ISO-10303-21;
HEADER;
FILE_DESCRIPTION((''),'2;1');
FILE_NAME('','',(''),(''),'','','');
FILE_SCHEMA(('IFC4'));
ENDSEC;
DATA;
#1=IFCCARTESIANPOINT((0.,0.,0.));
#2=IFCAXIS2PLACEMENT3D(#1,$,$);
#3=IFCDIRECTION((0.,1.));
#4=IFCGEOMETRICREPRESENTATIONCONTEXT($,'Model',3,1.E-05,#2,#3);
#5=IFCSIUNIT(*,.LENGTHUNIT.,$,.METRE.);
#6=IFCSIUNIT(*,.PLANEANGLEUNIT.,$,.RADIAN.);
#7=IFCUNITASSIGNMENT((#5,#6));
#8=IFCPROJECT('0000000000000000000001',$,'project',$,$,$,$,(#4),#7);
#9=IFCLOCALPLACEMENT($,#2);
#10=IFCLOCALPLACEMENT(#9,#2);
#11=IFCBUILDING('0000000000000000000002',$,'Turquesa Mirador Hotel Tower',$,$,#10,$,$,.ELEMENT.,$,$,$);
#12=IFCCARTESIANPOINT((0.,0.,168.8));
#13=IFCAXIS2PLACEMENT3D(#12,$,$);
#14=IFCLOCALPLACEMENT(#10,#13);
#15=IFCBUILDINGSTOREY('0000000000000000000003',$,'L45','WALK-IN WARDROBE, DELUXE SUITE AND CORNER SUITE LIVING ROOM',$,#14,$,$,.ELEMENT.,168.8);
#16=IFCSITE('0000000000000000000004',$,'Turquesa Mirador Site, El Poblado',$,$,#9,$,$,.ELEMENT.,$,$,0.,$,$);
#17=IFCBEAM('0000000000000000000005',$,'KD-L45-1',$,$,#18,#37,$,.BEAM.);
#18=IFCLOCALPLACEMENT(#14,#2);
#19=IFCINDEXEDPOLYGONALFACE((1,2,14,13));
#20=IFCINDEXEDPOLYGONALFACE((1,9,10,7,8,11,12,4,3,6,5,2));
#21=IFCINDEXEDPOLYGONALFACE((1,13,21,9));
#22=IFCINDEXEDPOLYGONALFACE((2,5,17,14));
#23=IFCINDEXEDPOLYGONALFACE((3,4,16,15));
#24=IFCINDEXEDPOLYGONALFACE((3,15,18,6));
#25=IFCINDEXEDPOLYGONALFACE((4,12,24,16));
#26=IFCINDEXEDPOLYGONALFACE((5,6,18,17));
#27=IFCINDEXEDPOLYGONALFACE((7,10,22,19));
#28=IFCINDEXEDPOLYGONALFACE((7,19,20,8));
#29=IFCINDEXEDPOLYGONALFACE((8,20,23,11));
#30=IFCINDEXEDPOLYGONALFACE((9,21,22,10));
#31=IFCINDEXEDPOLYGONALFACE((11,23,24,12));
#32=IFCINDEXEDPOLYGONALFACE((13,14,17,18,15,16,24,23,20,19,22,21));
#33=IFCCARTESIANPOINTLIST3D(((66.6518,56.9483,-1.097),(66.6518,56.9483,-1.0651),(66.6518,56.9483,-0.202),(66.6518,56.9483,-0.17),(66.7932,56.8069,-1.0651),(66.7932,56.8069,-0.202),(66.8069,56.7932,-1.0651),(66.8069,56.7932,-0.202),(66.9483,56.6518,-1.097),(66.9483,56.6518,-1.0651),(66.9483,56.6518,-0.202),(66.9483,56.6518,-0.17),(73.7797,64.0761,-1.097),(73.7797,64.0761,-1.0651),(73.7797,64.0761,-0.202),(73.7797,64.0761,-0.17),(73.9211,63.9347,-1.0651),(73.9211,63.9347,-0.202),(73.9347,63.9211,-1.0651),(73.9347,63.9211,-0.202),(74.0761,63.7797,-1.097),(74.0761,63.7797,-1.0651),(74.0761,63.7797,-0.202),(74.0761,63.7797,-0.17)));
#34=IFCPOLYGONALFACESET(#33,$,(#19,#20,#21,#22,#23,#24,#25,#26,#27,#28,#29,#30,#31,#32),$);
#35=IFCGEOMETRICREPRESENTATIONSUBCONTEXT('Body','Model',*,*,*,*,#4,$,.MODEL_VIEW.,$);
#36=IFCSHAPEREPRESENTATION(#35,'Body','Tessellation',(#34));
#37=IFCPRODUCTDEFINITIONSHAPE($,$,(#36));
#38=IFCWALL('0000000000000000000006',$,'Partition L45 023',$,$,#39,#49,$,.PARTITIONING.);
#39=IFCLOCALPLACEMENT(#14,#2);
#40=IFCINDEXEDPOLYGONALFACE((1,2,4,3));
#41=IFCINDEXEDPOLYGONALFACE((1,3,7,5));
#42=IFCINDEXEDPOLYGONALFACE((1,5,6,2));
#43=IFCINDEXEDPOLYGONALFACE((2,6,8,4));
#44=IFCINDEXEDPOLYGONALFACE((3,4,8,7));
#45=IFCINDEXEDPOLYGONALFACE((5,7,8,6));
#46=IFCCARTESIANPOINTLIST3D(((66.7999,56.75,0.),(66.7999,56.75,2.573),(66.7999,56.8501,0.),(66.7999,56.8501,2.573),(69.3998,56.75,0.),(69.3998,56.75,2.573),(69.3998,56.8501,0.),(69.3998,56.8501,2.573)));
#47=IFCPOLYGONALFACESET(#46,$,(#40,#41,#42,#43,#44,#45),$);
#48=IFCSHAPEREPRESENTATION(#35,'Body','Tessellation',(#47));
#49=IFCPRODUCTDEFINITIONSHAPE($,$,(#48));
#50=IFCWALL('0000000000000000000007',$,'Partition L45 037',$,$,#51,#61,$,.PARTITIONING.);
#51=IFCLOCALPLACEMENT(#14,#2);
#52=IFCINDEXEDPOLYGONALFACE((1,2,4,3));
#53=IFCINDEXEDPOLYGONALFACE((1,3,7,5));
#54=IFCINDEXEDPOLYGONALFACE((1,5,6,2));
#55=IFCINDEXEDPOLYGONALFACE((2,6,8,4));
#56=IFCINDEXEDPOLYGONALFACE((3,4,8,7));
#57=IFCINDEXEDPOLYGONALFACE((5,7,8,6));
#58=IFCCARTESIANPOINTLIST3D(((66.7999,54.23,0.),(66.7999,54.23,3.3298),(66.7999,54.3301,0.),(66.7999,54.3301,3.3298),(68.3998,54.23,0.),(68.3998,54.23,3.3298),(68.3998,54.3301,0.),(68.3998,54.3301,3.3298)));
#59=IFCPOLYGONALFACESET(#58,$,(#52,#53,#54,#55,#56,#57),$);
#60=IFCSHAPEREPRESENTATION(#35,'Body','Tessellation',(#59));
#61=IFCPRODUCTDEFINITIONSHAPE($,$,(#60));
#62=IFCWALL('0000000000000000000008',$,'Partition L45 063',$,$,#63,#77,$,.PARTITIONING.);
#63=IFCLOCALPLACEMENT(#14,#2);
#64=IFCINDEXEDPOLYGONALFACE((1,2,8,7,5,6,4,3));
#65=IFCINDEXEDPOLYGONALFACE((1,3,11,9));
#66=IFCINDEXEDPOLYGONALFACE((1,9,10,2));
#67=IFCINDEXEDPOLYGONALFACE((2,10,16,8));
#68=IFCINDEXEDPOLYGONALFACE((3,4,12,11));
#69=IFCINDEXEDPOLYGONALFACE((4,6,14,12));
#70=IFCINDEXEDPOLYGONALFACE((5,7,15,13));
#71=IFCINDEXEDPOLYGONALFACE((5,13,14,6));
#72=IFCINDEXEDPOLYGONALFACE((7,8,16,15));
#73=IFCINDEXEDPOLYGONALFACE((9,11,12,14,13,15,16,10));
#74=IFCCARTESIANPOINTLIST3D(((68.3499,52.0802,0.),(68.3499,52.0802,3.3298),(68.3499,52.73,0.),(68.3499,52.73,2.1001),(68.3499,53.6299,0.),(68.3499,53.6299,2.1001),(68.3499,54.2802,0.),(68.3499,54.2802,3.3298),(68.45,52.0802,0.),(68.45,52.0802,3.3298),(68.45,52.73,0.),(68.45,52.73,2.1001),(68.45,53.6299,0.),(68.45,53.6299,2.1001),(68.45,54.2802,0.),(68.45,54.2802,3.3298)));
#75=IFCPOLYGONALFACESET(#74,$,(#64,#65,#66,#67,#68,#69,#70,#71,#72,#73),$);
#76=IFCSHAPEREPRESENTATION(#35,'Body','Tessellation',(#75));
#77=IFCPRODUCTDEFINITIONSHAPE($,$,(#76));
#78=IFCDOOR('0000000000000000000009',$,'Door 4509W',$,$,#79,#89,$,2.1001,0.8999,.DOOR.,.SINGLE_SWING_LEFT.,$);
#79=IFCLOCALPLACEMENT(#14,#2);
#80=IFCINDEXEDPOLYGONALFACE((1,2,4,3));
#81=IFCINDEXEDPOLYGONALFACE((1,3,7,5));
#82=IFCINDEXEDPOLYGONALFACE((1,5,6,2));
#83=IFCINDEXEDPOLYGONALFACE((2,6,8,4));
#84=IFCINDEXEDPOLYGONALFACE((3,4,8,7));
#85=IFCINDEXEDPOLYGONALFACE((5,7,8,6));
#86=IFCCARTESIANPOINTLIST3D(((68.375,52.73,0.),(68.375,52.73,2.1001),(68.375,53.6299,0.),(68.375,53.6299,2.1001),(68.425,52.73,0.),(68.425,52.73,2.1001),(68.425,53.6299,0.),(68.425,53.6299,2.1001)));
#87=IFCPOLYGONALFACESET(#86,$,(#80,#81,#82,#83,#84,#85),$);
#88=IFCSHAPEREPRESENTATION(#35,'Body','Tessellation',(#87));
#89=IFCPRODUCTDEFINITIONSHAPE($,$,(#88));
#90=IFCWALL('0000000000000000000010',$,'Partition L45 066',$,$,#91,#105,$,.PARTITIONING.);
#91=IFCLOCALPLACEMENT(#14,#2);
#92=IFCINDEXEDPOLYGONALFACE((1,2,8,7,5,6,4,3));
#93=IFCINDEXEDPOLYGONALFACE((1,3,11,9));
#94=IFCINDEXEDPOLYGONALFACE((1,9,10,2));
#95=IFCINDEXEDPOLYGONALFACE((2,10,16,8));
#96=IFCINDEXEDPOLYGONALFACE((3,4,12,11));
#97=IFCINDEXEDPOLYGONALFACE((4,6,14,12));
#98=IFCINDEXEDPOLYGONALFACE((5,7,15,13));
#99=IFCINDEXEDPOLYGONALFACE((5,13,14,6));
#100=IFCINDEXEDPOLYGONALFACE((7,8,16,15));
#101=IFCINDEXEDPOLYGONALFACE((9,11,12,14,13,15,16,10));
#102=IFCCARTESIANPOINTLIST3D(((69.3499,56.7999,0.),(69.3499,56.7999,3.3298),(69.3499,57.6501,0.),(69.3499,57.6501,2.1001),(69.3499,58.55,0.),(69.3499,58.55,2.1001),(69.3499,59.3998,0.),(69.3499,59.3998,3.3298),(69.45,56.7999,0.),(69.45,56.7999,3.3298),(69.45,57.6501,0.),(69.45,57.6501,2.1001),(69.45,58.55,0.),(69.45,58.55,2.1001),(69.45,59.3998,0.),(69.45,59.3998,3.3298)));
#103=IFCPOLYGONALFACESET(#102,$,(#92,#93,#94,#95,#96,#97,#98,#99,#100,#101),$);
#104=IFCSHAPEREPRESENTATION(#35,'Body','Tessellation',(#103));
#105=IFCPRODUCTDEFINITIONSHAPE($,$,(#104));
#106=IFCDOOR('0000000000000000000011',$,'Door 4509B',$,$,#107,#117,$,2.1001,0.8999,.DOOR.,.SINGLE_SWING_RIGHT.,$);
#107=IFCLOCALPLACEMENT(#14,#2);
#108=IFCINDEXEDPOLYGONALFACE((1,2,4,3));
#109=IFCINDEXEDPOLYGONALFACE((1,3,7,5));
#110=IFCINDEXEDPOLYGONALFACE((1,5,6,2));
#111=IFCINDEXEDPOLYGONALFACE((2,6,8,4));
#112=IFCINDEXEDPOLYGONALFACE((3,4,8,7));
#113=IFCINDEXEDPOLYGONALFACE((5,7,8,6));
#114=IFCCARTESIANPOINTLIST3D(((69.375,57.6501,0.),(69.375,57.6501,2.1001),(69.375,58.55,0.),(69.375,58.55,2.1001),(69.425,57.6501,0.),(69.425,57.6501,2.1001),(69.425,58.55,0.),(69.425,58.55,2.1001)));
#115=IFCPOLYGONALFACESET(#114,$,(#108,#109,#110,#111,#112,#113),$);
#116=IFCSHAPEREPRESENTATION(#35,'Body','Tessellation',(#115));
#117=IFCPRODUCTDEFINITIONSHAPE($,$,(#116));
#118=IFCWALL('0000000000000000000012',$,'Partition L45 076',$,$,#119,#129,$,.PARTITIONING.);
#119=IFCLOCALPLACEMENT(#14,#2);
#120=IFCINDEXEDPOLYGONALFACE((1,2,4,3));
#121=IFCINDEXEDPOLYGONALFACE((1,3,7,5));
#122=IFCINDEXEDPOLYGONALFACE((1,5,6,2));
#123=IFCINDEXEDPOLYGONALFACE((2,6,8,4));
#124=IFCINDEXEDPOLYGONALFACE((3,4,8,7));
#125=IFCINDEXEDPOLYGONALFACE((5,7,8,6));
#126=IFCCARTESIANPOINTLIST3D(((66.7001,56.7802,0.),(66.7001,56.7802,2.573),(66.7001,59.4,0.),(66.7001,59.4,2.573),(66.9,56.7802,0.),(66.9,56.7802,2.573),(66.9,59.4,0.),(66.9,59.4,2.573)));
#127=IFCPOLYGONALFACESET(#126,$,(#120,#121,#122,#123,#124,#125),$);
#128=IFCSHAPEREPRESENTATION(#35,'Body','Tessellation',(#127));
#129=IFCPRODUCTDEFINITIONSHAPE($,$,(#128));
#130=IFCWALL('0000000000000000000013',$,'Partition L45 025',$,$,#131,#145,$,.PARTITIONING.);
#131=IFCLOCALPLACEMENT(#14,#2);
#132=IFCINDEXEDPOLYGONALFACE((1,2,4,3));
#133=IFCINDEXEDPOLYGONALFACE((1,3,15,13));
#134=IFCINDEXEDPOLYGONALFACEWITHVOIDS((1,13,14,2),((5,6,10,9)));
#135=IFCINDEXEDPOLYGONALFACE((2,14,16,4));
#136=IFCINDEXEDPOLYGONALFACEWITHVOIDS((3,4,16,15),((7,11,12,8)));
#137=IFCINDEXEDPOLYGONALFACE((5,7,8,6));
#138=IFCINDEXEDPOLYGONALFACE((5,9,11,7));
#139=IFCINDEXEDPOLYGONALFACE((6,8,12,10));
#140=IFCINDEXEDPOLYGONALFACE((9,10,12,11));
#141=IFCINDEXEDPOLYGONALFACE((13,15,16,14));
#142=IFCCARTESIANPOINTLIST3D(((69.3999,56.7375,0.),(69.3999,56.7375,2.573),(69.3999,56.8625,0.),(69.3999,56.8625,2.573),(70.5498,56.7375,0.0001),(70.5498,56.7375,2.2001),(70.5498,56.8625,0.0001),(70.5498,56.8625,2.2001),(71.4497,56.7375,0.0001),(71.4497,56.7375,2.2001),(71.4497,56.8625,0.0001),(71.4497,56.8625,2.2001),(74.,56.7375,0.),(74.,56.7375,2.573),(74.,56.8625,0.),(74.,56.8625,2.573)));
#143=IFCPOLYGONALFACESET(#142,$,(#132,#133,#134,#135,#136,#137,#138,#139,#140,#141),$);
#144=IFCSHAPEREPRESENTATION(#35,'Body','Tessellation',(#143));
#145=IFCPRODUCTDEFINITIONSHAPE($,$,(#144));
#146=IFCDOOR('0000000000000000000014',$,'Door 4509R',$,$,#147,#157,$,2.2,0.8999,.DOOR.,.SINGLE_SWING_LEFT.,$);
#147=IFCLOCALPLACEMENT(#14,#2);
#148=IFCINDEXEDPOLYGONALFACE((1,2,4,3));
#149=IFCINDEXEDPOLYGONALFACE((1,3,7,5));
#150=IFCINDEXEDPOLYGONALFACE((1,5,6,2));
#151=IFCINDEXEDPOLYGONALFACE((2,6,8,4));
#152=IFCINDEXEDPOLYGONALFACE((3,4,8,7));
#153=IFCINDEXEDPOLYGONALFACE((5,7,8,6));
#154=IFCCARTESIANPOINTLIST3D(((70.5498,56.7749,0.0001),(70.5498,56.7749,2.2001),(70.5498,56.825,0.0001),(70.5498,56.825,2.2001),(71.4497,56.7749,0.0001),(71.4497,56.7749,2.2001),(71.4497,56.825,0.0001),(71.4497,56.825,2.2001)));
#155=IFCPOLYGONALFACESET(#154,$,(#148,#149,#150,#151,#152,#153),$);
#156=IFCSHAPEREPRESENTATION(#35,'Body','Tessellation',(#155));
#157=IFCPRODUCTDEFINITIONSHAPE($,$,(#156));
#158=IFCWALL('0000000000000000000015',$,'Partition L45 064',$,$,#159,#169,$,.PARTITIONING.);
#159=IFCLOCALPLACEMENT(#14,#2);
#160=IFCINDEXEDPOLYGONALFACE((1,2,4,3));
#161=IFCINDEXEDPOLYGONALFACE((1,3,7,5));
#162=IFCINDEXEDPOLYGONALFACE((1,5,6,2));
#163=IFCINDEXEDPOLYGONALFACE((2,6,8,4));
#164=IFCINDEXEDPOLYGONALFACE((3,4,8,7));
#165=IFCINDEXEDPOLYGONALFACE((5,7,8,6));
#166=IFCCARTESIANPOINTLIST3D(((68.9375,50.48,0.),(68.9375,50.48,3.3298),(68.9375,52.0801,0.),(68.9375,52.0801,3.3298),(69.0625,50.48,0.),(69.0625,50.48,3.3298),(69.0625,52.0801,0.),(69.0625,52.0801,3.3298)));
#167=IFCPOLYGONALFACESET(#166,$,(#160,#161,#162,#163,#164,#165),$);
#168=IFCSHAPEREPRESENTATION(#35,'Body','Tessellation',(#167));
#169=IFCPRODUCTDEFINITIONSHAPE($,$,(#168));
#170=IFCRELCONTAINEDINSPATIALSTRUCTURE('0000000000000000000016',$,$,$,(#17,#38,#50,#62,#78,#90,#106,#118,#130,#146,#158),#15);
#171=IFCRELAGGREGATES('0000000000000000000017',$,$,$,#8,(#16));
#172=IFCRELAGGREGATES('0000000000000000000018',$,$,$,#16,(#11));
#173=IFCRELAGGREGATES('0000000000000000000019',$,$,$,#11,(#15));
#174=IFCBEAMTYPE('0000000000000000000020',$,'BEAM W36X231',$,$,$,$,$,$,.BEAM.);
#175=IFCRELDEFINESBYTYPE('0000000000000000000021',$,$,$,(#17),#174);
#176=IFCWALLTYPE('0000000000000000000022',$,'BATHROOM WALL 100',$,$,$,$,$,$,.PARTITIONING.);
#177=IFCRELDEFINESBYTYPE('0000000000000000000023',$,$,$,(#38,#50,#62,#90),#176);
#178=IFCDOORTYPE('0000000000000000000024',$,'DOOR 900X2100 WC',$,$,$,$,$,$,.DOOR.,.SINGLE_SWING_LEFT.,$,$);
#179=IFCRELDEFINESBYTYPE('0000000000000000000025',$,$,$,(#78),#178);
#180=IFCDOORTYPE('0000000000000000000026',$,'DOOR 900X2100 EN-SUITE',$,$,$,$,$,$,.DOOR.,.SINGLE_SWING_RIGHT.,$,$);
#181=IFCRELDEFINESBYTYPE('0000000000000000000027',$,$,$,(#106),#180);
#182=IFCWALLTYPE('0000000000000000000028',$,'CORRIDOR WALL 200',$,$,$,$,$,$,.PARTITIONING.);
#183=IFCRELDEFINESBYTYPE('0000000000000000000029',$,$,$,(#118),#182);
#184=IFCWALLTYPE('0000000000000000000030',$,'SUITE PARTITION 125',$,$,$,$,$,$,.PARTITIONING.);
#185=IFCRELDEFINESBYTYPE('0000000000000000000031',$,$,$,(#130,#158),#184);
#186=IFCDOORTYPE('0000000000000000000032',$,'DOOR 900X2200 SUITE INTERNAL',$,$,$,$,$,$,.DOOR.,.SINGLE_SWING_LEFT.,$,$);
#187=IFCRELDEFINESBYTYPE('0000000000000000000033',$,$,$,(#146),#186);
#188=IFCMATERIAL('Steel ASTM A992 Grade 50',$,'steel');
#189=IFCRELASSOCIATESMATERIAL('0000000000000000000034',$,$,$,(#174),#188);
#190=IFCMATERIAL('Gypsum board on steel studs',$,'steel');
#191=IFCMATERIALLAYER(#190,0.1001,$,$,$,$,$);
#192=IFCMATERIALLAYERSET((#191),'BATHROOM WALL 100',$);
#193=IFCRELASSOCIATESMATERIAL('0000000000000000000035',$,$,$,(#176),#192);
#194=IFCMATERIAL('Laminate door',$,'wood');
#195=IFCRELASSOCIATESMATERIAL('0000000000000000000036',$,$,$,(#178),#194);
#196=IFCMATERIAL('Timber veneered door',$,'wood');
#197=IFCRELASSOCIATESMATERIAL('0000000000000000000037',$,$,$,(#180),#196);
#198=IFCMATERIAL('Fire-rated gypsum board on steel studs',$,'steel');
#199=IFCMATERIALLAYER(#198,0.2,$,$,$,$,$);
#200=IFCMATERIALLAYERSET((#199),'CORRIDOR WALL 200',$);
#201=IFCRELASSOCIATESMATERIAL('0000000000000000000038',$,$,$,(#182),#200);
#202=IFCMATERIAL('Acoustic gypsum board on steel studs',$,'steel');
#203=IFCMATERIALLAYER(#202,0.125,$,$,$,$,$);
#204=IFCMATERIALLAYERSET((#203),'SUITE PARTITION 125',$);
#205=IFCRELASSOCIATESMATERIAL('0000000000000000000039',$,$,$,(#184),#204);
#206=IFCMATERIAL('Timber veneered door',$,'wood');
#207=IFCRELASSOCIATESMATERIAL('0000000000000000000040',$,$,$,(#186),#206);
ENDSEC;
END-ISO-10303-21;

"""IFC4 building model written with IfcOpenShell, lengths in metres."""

from ifc_helpers import new_model, si_unit, direction, frame, frame_2d, origin, origin_2d, place, context, subcontext, project, spatial, rectangle, i_section, extrude, material, layer, layer_set, material_profile, profile_set, type_object, element, fill, save


model = new_model("IFC4")

# Units and contexts
model_context = context("Model", 3, precision=1e-05, world=origin(), true_north=direction((0.0, 1.0)))
body_context = subcontext(model_context, "Body", "Model", "MODEL_VIEW")
ifc_project = project(units=[si_unit("LENGTHUNIT", "METRE"), si_unit("PLANEANGLEUNIT", "RADIAN")], contexts=[model_context])

# Site, building, storey
site_placement = place(None, origin())
site = spatial("IfcSite", under=ifc_project, at=site_placement, Name="Turquesa Mirador Site, El Poblado", CompositionType="ELEMENT", RefElevation=0.0)
building_placement = place(site_placement, origin())
building = spatial("IfcBuilding", under=site, at=building_placement, Name="Turquesa Mirador Hotel Tower", CompositionType="ELEMENT")
storey_placement = place(building_placement, frame((0.0, 0.0, 168.8)))
storey = spatial("IfcBuildingStorey", under=building, at=storey_placement, Name="L45", Description="WALK-IN WARDROBE, DELUXE SUITE AND CORNER SUITE LIVING ROOM", CompositionType="ELEMENT", Elevation=168.8)

# Beam
ifc_material_1 = material(Name="Steel ASTM A992 Grade 50", Category="steel")
ifc_material_profile_1 = material_profile(ifc_material_1, i_section(OverallWidth=0.4192, OverallDepth=0.927, WebThickness=0.0193, FlangeThickness=0.032, at=origin_2d()), Name="W36X231")
ifc_profile_set_1 = profile_set([ifc_material_profile_1], Name="Steel ASTM A992 Grade 50")
beam_type_1 = type_object("IfcBeamType", Name="BEAM W36X231", PredefinedType="BEAM", material=ifc_profile_set_1)
beam_1_placement = place(storey_placement, frame((66.8, 56.8, -0.6335), z_axis=(0.707107, 0.707107, 0.0), x_axis=(-0.707107, 0.707107, 0.0)))
element("IfcBeam", 1, at=beam_1_placement, inside=storey, type_object=beam_type_1, Name="KD-L45-1", PredefinedType="BEAM", context=body_context, shape_type="SweptSolid", body=[
    extrude(i_section(OverallWidth=0.4192, OverallDepth=0.927, WebThickness=0.0193, FlangeThickness=0.032, at=origin_2d()), origin(), (0.0, 0.0, 1.0), 10.0803),
])

# Walls
ifc_material_2 = material(Name="Gypsum board on steel studs", Category="steel")
ifc_layer_1 = layer(ifc_material_2, 0.1001)
ifc_layer_set_1 = layer_set([ifc_layer_1], Name="BATHROOM WALL 100")
wall_type_1 = type_object("IfcWallType", Name="BATHROOM WALL 100", PredefinedType="PARTITIONING", material=ifc_layer_set_1)
wall_1_placement = place(storey_placement, frame((66.8, 56.8, 0.0), z_axis=(0.0, 0.0, 1.0), x_axis=(1.0, 0.0, 0.0)))
element("IfcWall", 2, at=wall_1_placement, inside=storey, type_object=wall_type_1, Name="Partition L45 023", PredefinedType="PARTITIONING", context=body_context, shape_type="SweptSolid", body=[
    extrude(rectangle(XDim=2.5999, YDim=0.1001, at=frame_2d((1.2998, 0.0))), origin(), (0.0, 0.0, 1.0), 2.573),
])
wall_2_placement = place(storey_placement, frame((66.8, 54.28, 0.0), z_axis=(0.0, 0.0, 1.0), x_axis=(1.0, 0.0, 0.0)))
element("IfcWall", 3, at=wall_2_placement, inside=storey, type_object=wall_type_1, Name="Partition L45 037", PredefinedType="PARTITIONING", context=body_context, shape_type="SweptSolid", body=[
    extrude(rectangle(XDim=1.5999, YDim=0.1001, at=frame_2d((0.7998, 0.0))), origin(), (0.0, 0.0, 1.0), 3.3298),
])

# Walls, openings, doors
wall_3_placement = place(storey_placement, frame((68.3999, 52.0801, 0.0), z_axis=(0.0, 0.0, 1.0), x_axis=(0.0, 1.0, 0.0)))
wall_3 = element("IfcWall", 4, at=wall_3_placement, inside=storey, type_object=wall_type_1, Name="Partition L45 063", PredefinedType="PARTITIONING", context=body_context, shape_type="SweptSolid", body=[
    extrude(rectangle(XDim=2.2, YDim=0.1001, at=frame_2d((1.1001, 0.0))), origin(), (0.0, 0.0, 1.0), 3.3298),
])
opening_1_placement = place(wall_3_placement, frame((0.6499, 0.0, 0.0)))
opening_1 = element("IfcOpeningElement", 5, at=opening_1_placement, cuts=wall_3, PredefinedType="OPENING", context=body_context, shape_type="SweptSolid", body=[
    extrude(rectangle(XDim=0.8999, YDim=2.1001, at=frame_2d((0.45, 1.05))), frame((0.0, 0.0601, 0.0), z_axis=(0.0, -1.0, 0.0), x_axis=(1.0, 0.0, 0.0)), (0.0, 0.0, 1.0), 0.1201),
])
ifc_material_3 = material(Name="Laminate door", Category="wood")
door_type_1 = type_object("IfcDoorType", Name="DOOR 900X2100 WC", OperationType="SINGLE_SWING_LEFT", PredefinedType="DOOR", material=ifc_material_3)
door_1_placement = place(opening_1_placement, origin())
door_1 = element("IfcDoor", 6, at=door_1_placement, inside=storey, type_object=door_type_1, Name="Door 4509W", OperationType="SINGLE_SWING_LEFT", OverallHeight=2.1001, OverallWidth=0.8999, PredefinedType="DOOR", context=body_context, shape_type="SweptSolid", body=[
    extrude(rectangle(XDim=0.8999, YDim=2.1001, at=frame_2d((0.45, 1.05))), frame((0.0, 0.0249, 0.0), z_axis=(0.0, -1.0, 0.0), x_axis=(1.0, 0.0, 0.0)), (0.0, 0.0, 1.0), 0.05),
])
fill(opening_1, door_1)
wall_4_placement = place(storey_placement, frame((69.3999, 56.8, 0.0), z_axis=(0.0, 0.0, 1.0), x_axis=(0.0, 1.0, 0.0)))
wall_4 = element("IfcWall", 7, at=wall_4_placement, inside=storey, type_object=wall_type_1, Name="Partition L45 066", PredefinedType="PARTITIONING", context=body_context, shape_type="SweptSolid", body=[
    extrude(rectangle(XDim=2.5999, YDim=0.1001, at=frame_2d((1.2998, 0.0))), origin(), (0.0, 0.0, 1.0), 3.3298),
])
opening_2_placement = place(wall_4_placement, frame((0.8501, 0.0, 0.0)))
opening_2 = element("IfcOpeningElement", 8, at=opening_2_placement, cuts=wall_4, PredefinedType="OPENING", context=body_context, shape_type="SweptSolid", body=[
    extrude(rectangle(XDim=0.8999, YDim=2.1001, at=frame_2d((0.45, 1.05))), frame((0.0, 0.0601, 0.0), z_axis=(0.0, -1.0, 0.0), x_axis=(1.0, 0.0, 0.0)), (0.0, 0.0, 1.0), 0.1201),
])
ifc_material_4 = material(Name="Timber veneered door", Category="wood")
door_type_2 = type_object("IfcDoorType", Name="DOOR 900X2100 EN-SUITE", OperationType="SINGLE_SWING_RIGHT", PredefinedType="DOOR", material=ifc_material_4)
door_2_placement = place(opening_2_placement, origin())
door_2 = element("IfcDoor", 9, at=door_2_placement, inside=storey, type_object=door_type_2, Name="Door 4509B", OperationType="SINGLE_SWING_RIGHT", OverallHeight=2.1001, OverallWidth=0.8999, PredefinedType="DOOR", context=body_context, shape_type="SweptSolid", body=[
    extrude(rectangle(XDim=0.8999, YDim=2.1001, at=frame_2d((0.45, 1.05))), frame((0.0, 0.0249, 0.0), z_axis=(0.0, -1.0, 0.0), x_axis=(1.0, 0.0, 0.0)), (0.0, 0.0, 1.0), 0.05),
])
fill(opening_2, door_2)

# Wall
ifc_material_5 = material(Name="Fire-rated gypsum board on steel studs", Category="steel")
ifc_layer_2 = layer(ifc_material_5, 0.2)
ifc_layer_set_2 = layer_set([ifc_layer_2], Name="CORRIDOR WALL 200")
wall_type_2 = type_object("IfcWallType", Name="CORRIDOR WALL 200", PredefinedType="PARTITIONING", material=ifc_layer_set_2)
wall_5_placement = place(storey_placement, frame((66.8, 56.78, 0.0), z_axis=(0.0, 0.0, 1.0), x_axis=(0.0, 1.0, 0.0)))
element("IfcWall", 10, at=wall_5_placement, inside=storey, type_object=wall_type_2, Name="Partition L45 076", PredefinedType="PARTITIONING", context=body_context, shape_type="SweptSolid", body=[
    extrude(rectangle(XDim=2.6199, YDim=0.2, at=frame_2d((1.3101, 0.0))), origin(), (0.0, 0.0, 1.0), 2.573),
])

# Wall, opening, door
ifc_material_6 = material(Name="Acoustic gypsum board on steel studs", Category="steel")
ifc_layer_3 = layer(ifc_material_6, 0.125)
ifc_layer_set_3 = layer_set([ifc_layer_3], Name="SUITE PARTITION 125")
wall_type_3 = type_object("IfcWallType", Name="SUITE PARTITION 125", PredefinedType="PARTITIONING", material=ifc_layer_set_3)
wall_6_placement = place(storey_placement, frame((69.3999, 56.8, 0.0), z_axis=(0.0, 0.0, 1.0), x_axis=(1.0, 0.0, 0.0)))
wall_6 = element("IfcWall", 11, at=wall_6_placement, inside=storey, type_object=wall_type_3, Name="Partition L45 025", PredefinedType="PARTITIONING", context=body_context, shape_type="SweptSolid", body=[
    extrude(rectangle(XDim=4.6001, YDim=0.125, at=frame_2d((2.3, 0.0))), origin(), (0.0, 0.0, 1.0), 2.573),
])
opening_3_placement = place(wall_6_placement, frame((1.1499, 0.0, 0.0)))
opening_3 = element("IfcOpeningElement", 12, at=opening_3_placement, cuts=wall_6, PredefinedType="OPENING", context=body_context, shape_type="SweptSolid", body=[
    extrude(rectangle(XDim=0.8999, YDim=2.2, at=frame_2d((0.45, 1.1001))), frame((0.0, 0.0725, 0.0), z_axis=(0.0, -1.0, 0.0), x_axis=(1.0, 0.0, 0.0)), (0.0, 0.0, 1.0), 0.145),
])
ifc_material_7 = material(Name="Timber veneered door", Category="wood")
door_type_3 = type_object("IfcDoorType", Name="DOOR 900X2200 SUITE INTERNAL", OperationType="SINGLE_SWING_LEFT", PredefinedType="DOOR", material=ifc_material_7)
door_3_placement = place(opening_3_placement, origin())
door_3 = element("IfcDoor", 13, at=door_3_placement, inside=storey, type_object=door_type_3, Name="Door 4509R", OperationType="SINGLE_SWING_LEFT", OverallHeight=2.2, OverallWidth=0.8999, PredefinedType="DOOR", context=body_context, shape_type="SweptSolid", body=[
    extrude(rectangle(XDim=0.8999, YDim=2.2, at=frame_2d((0.45, 1.1001))), frame((0.0, 0.0249, 0.0), z_axis=(0.0, -1.0, 0.0), x_axis=(1.0, 0.0, 0.0)), (0.0, 0.0, 1.0), 0.05),
])
fill(opening_3, door_3)

# Wall
wall_7_placement = place(storey_placement, frame((69.0, 50.48, 0.0), z_axis=(0.0, 0.0, 1.0), x_axis=(0.0, 1.0, 0.0)))
element("IfcWall", 14, at=wall_7_placement, inside=storey, type_object=wall_type_3, Name="Partition L45 064", PredefinedType="PARTITIONING", context=body_context, shape_type="SweptSolid", body=[
    extrude(rectangle(XDim=1.6001, YDim=0.125, at=frame_2d((0.8, 0.0))), origin(), (0.0, 0.0, 1.0), 3.3298),
])

save(model, "model.ifc")
